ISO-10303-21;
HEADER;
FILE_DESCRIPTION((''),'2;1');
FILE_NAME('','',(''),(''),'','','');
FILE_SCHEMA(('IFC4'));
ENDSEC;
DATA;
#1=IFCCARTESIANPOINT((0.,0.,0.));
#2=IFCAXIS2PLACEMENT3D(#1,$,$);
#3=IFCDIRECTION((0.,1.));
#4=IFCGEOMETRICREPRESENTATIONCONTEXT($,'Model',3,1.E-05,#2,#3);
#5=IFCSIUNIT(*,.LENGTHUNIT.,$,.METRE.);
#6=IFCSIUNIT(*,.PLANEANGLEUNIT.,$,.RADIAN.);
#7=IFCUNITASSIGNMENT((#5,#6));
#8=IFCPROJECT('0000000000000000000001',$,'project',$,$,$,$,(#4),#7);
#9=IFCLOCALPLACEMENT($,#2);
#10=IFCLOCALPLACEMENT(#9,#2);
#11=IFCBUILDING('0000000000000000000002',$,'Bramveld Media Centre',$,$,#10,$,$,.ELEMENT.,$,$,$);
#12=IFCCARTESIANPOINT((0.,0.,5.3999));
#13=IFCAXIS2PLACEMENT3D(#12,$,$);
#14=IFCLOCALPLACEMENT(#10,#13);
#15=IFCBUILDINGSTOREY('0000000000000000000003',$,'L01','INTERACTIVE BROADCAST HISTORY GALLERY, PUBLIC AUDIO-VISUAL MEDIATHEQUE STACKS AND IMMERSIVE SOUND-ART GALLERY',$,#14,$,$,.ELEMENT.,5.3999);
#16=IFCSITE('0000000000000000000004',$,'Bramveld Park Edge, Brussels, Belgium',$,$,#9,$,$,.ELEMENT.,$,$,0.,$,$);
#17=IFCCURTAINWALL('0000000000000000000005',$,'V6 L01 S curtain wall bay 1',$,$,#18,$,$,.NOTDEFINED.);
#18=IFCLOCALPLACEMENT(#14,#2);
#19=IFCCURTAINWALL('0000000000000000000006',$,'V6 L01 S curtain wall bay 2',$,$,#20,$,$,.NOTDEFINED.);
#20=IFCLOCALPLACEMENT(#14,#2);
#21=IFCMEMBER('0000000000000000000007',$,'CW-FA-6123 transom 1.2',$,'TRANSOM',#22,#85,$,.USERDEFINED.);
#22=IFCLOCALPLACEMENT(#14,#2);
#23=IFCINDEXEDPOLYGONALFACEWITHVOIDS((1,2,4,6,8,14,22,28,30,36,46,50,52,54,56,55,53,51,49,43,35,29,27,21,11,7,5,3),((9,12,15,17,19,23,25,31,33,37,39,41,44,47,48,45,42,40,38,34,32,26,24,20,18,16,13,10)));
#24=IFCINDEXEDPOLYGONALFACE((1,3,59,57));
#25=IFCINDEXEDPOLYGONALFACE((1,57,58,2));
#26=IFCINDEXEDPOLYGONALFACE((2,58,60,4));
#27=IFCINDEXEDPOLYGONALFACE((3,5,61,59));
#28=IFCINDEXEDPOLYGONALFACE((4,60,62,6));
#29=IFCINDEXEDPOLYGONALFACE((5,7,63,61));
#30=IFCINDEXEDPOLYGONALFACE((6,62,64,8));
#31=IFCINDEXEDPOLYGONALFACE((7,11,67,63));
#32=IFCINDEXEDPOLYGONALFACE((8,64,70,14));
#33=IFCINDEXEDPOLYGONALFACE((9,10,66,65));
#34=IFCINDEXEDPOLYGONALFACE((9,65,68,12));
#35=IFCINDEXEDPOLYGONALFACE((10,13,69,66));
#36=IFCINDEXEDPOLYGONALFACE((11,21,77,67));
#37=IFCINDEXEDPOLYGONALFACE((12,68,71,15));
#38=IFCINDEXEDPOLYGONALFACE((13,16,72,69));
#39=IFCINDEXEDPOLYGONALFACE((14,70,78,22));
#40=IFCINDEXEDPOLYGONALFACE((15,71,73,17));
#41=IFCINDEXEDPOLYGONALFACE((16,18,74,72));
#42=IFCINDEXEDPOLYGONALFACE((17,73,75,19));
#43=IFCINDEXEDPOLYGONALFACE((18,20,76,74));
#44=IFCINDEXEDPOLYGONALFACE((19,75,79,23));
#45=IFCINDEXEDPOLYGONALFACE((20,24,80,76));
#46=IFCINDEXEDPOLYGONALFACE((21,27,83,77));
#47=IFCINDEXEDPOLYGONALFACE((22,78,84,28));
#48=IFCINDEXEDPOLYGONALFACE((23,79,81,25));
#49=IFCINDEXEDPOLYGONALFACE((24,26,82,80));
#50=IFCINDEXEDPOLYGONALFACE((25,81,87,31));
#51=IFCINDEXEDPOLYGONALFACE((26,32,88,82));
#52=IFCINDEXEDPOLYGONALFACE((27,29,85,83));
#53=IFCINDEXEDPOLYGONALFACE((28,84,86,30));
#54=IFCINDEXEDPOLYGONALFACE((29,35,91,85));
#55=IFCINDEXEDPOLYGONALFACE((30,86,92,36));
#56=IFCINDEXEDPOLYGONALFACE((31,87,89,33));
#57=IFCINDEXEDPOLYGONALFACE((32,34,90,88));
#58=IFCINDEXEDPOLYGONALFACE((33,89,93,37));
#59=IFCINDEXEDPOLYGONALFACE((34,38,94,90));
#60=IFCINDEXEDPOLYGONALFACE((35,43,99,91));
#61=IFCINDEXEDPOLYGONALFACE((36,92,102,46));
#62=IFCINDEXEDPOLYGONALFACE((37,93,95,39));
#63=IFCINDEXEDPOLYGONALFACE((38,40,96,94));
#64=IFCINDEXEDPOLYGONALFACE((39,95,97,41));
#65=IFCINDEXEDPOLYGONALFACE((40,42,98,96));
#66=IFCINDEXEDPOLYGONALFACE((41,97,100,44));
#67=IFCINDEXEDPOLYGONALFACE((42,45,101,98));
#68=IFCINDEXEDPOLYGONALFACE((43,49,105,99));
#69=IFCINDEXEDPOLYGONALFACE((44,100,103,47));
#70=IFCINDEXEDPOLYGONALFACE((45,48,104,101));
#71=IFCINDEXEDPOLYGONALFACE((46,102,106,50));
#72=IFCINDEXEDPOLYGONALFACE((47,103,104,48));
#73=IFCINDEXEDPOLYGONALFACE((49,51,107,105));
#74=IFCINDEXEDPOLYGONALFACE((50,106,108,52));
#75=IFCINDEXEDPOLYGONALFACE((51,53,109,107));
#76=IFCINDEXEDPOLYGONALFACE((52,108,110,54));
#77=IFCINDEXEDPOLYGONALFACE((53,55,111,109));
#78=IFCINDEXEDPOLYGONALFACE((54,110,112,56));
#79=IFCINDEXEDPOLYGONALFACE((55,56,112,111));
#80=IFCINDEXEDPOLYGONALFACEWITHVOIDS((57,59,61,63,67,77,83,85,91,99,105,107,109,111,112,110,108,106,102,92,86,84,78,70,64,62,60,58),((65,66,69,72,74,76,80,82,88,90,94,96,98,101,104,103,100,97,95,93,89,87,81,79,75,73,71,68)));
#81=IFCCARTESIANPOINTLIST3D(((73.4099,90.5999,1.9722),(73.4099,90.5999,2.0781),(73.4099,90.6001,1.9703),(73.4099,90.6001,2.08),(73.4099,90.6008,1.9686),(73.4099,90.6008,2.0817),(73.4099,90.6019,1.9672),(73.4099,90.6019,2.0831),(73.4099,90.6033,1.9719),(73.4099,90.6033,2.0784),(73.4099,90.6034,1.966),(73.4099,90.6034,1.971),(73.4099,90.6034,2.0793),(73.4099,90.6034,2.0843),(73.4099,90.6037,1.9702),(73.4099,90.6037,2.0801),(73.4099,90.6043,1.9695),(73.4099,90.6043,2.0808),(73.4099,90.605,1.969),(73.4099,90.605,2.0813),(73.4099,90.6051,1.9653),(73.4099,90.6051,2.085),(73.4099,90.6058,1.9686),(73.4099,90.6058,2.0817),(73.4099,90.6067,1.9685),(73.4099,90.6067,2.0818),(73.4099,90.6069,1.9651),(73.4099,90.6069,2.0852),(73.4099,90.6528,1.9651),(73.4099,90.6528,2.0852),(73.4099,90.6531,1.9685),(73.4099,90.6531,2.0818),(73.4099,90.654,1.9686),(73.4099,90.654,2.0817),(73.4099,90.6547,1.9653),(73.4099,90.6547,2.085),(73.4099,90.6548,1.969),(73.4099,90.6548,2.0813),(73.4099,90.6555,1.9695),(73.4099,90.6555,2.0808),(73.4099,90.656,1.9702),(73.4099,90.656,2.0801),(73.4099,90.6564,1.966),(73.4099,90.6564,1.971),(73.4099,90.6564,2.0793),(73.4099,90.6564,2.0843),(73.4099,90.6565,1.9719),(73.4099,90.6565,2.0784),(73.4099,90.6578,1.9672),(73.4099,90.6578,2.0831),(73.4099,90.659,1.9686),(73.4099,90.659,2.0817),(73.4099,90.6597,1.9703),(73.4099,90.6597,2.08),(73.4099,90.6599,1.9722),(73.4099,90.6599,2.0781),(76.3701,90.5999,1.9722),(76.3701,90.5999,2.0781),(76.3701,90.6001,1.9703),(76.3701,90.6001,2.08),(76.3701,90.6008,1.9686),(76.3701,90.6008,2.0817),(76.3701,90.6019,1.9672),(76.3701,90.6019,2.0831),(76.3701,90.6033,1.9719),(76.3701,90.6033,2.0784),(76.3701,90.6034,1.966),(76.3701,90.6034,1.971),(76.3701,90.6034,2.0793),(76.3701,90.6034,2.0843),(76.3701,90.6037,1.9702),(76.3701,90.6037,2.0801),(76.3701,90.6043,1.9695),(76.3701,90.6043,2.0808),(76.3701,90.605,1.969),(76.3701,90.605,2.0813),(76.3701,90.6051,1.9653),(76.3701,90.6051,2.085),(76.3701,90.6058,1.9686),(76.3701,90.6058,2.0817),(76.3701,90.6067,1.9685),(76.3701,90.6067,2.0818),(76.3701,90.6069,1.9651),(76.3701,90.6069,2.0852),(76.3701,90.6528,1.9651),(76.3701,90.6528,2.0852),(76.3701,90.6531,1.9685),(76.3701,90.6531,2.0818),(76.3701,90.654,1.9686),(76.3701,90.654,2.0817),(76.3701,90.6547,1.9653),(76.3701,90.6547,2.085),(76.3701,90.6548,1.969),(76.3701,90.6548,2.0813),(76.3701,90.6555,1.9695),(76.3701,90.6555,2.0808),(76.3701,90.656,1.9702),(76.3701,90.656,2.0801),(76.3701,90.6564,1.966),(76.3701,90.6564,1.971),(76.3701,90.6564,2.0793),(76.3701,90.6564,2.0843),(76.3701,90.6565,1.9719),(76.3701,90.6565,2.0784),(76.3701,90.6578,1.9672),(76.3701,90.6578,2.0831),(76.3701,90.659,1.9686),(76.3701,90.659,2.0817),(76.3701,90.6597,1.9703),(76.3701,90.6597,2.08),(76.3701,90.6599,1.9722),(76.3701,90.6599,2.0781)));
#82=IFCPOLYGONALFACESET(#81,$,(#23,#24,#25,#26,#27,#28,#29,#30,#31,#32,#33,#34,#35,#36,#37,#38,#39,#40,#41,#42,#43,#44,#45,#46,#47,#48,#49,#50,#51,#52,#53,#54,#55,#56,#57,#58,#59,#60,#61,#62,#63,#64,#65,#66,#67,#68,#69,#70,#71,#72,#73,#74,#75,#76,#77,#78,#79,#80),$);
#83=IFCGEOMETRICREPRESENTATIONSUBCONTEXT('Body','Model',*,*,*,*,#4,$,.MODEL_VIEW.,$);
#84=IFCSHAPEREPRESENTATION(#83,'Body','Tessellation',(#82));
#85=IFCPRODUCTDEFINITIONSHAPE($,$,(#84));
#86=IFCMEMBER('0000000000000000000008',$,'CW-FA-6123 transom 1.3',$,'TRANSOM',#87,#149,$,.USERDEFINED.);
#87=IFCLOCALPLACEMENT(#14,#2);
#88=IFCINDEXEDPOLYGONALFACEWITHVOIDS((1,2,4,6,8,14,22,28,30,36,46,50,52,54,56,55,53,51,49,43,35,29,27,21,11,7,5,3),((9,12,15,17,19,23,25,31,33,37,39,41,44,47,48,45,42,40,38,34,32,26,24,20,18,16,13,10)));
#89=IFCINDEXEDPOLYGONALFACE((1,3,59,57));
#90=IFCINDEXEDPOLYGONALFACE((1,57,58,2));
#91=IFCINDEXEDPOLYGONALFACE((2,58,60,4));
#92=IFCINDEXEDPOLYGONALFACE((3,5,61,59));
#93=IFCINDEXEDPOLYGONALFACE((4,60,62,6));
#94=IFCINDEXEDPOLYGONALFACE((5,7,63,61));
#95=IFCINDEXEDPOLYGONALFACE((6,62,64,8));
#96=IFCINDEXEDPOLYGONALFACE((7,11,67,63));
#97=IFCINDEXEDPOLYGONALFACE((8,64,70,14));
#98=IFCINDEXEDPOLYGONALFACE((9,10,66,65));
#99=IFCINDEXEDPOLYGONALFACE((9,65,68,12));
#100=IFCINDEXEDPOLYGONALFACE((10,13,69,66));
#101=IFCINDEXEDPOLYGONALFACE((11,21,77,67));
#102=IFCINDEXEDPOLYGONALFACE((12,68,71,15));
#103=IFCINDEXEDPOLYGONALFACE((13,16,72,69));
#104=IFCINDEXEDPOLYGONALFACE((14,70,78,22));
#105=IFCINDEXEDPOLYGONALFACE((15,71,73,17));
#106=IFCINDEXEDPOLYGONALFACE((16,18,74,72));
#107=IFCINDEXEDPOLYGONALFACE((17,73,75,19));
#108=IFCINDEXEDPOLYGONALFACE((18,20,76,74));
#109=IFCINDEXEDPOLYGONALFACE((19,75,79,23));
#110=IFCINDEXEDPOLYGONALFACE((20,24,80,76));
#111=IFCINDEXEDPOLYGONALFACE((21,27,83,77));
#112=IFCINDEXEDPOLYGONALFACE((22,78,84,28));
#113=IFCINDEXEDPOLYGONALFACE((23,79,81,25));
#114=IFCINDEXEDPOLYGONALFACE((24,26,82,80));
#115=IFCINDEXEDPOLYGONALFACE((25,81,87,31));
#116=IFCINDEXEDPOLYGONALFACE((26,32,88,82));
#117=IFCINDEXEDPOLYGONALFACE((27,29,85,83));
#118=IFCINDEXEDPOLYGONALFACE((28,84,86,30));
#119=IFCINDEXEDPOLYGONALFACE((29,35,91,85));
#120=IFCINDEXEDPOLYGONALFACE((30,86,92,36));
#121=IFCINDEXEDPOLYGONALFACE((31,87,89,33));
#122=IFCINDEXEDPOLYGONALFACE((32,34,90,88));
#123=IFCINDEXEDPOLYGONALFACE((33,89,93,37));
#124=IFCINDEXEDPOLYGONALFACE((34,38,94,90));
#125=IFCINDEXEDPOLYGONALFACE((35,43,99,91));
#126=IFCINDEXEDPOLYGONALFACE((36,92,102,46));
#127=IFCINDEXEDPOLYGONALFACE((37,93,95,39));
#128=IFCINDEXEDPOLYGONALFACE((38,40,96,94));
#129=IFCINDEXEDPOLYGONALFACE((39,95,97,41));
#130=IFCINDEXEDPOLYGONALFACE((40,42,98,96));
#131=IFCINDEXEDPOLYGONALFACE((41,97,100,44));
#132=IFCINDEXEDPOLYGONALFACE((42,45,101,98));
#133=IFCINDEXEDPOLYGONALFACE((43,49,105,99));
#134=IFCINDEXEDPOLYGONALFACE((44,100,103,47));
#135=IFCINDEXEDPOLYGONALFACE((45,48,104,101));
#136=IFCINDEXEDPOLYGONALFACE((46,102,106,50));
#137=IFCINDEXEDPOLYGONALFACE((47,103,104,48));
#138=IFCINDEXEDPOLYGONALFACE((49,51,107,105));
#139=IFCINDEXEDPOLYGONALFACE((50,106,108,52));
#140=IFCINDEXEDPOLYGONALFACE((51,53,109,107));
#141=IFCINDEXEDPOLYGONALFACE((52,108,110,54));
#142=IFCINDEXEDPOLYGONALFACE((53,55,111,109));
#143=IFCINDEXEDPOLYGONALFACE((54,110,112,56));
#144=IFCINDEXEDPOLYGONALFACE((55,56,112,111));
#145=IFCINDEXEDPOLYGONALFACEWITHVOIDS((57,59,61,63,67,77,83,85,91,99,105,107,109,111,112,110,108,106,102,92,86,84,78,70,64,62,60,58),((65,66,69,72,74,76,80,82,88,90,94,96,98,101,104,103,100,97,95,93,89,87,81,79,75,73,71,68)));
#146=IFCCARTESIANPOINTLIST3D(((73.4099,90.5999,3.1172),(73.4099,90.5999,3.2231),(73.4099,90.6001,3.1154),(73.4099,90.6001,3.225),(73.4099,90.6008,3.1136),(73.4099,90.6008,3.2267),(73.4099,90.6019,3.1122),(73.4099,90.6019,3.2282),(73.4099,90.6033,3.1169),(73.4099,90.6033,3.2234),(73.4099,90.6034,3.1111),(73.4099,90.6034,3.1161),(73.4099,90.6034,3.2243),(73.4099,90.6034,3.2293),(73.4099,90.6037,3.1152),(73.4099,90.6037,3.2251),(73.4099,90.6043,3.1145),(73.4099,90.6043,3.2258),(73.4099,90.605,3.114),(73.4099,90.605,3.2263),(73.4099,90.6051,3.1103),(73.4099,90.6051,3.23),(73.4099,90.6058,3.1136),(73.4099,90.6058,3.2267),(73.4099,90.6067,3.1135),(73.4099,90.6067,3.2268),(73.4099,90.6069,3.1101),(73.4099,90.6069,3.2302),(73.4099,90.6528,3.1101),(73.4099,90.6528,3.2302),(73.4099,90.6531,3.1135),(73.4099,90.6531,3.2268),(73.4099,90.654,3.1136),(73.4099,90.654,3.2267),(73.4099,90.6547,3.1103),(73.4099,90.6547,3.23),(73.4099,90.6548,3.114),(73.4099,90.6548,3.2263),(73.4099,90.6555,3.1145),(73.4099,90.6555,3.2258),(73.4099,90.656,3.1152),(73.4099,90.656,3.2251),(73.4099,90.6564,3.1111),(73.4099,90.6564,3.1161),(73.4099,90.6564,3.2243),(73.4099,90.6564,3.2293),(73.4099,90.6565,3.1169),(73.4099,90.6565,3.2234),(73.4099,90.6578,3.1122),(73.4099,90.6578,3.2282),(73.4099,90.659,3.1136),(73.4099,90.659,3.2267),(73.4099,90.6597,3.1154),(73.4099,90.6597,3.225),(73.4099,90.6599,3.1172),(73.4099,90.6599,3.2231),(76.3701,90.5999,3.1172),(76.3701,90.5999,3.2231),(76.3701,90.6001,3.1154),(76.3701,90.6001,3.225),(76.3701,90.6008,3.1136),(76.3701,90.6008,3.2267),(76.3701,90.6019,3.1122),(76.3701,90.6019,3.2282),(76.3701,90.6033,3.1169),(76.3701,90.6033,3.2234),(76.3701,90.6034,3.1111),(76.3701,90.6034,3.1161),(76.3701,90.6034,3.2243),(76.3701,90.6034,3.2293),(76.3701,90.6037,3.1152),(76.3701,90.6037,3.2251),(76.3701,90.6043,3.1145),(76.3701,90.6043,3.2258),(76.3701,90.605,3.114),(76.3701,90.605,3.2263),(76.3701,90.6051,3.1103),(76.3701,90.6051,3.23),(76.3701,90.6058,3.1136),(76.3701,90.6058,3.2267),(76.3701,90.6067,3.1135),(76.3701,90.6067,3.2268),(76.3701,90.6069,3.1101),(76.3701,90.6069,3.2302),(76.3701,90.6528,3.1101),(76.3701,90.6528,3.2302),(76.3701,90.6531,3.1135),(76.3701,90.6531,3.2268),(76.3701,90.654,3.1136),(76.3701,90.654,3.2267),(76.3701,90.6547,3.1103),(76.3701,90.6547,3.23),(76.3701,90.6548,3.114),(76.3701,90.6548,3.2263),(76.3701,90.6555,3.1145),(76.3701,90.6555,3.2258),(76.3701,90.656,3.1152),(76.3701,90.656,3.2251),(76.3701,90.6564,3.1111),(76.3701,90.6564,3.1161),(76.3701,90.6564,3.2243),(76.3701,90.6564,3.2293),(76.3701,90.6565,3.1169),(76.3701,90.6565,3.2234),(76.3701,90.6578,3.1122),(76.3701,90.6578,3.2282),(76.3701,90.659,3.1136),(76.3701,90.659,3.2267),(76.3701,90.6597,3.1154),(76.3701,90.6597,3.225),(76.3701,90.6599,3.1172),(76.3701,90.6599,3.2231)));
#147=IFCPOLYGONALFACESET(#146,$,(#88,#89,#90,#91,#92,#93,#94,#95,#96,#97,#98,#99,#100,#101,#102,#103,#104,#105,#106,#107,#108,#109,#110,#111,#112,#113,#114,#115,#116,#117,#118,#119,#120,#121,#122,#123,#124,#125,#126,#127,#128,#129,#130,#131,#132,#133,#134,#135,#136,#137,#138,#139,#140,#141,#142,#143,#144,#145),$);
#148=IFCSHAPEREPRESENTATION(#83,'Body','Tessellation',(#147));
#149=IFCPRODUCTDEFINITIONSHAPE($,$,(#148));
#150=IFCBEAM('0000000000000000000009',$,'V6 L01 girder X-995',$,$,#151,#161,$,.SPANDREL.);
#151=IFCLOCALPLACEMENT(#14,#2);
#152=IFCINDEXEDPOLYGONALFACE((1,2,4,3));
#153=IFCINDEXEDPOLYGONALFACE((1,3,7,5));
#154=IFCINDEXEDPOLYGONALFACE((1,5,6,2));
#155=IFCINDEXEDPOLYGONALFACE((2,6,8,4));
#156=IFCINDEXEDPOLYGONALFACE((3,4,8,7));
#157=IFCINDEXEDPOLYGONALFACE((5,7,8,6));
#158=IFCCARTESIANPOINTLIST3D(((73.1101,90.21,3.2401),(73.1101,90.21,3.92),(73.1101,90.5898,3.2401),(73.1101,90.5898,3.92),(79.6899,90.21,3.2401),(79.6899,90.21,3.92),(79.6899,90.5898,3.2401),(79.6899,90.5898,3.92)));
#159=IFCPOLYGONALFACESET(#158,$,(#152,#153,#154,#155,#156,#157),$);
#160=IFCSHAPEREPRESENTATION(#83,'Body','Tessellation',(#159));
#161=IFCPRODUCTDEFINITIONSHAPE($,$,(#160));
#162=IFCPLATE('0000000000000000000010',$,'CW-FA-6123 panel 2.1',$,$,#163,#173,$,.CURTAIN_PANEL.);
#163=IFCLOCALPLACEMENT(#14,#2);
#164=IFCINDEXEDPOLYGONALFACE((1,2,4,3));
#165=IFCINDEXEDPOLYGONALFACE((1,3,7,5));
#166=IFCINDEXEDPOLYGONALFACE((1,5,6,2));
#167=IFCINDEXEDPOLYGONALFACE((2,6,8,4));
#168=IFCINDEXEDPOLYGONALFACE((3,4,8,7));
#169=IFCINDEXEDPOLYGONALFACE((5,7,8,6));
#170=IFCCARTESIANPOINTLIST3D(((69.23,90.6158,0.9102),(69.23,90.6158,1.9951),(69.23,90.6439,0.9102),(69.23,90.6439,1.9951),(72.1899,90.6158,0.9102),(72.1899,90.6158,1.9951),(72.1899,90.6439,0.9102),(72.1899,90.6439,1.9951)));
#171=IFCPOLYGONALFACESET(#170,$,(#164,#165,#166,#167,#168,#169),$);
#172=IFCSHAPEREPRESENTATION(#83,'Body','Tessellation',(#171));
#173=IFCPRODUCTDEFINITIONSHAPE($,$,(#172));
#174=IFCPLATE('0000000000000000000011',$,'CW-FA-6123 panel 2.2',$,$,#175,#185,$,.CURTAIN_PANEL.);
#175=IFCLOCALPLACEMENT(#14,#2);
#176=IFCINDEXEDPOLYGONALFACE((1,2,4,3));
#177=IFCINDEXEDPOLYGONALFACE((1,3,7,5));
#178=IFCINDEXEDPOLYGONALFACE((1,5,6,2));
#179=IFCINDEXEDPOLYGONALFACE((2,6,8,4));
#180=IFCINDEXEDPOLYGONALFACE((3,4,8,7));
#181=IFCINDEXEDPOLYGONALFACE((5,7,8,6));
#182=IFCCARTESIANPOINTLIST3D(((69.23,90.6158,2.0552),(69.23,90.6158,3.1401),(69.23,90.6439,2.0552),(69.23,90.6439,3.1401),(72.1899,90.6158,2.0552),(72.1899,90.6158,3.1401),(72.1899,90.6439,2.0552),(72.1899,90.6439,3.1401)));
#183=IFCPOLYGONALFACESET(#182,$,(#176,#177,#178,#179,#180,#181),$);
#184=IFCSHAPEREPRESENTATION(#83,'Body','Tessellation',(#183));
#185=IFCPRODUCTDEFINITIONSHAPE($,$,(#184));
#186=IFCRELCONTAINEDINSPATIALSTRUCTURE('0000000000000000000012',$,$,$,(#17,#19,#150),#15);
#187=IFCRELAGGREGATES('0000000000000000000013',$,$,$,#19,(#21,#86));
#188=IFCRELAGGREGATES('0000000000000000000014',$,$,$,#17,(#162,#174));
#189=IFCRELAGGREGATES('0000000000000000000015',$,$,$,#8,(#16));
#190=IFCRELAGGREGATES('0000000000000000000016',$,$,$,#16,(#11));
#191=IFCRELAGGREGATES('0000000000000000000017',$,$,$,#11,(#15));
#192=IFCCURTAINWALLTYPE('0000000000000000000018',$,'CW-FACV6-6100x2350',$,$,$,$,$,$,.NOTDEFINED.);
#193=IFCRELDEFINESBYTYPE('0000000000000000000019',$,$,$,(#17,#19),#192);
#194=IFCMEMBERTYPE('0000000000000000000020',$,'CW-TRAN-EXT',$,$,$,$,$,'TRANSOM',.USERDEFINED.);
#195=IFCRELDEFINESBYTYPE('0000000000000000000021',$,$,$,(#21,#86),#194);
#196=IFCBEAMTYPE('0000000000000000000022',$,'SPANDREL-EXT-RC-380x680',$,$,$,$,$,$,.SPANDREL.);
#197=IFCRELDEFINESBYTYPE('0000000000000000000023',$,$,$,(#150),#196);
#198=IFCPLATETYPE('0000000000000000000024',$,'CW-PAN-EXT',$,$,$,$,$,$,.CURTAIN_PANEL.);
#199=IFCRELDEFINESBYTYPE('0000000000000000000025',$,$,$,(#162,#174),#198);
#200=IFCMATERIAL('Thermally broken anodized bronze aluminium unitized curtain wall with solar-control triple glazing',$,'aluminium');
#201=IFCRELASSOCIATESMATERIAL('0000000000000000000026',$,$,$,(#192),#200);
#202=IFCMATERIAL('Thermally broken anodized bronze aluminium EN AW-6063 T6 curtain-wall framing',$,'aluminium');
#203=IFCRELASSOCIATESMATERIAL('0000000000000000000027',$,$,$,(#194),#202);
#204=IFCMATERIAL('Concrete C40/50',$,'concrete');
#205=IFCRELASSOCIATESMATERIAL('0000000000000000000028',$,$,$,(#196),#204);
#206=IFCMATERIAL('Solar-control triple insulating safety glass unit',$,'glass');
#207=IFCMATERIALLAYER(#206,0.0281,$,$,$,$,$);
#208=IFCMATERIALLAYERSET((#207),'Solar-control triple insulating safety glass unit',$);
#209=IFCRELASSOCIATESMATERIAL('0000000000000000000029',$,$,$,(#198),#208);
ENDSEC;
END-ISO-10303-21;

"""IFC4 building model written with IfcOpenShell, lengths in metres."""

from ifc_helpers import new_model, si_unit, direction, frame, origin, origin_2d, place, context, subcontext, project, spatial, rectangle, hollow_rectangle, extrude, material, layer, layer_set, material_profile, profile_set, type_object, element, aggregate, save


model = new_model("IFC4")

# Units and contexts
model_context = context("Model", 3, precision=1e-05, world=origin(), true_north=direction((0.0, 1.0)))
body_context = subcontext(model_context, "Body", "Model", "MODEL_VIEW")
ifc_project = project(units=[si_unit("LENGTHUNIT", "METRE"), si_unit("PLANEANGLEUNIT", "RADIAN")], contexts=[model_context])

# Site, building, storey
site_placement = place(None, origin())
site = spatial("IfcSite", under=ifc_project, at=site_placement, Name="Bramveld Park Edge, Brussels, Belgium", CompositionType="ELEMENT", RefElevation=0.0)
building_placement = place(site_placement, origin())
building = spatial("IfcBuilding", under=site, at=building_placement, Name="Bramveld Media Centre", CompositionType="ELEMENT")
storey_placement = place(building_placement, frame((0.0, 0.0, 5.3999)))
storey = spatial("IfcBuildingStorey", under=building, at=storey_placement, Name="L01", Description="INTERACTIVE BROADCAST HISTORY GALLERY, PUBLIC AUDIO-VISUAL MEDIATHEQUE STACKS AND IMMERSIVE SOUND-ART GALLERY", CompositionType="ELEMENT", Elevation=5.3999)

# Curtain wall
ifc_material_1 = material(Name="Thermally broken anodized bronze aluminium unitized curtain wall with solar-control triple glazing", Category="aluminium")
curtain_wall_type = type_object("IfcCurtainWallType", Name="CW-FACV6-6100x2350", PredefinedType="NOTDEFINED", material=ifc_material_1)
curtain_wall_1_placement = place(storey_placement, origin())
curtain_wall_1 = element("IfcCurtainWall", 1, at=curtain_wall_1_placement, inside=storey, type_object=curtain_wall_type, Name="V6 L01 S curtain wall bay 1", PredefinedType="NOTDEFINED")

# Curtain wall, members
curtain_wall_2_placement = place(storey_placement, origin())
curtain_wall_2 = element("IfcCurtainWall", 2, at=curtain_wall_2_placement, inside=storey, type_object=curtain_wall_type, Name="V6 L01 S curtain wall bay 2", PredefinedType="NOTDEFINED")
ifc_material_2 = material(Name="Thermally broken anodized bronze aluminium EN AW-6063 T6 curtain-wall framing", Category="aluminium")
ifc_material_profile_1 = material_profile(ifc_material_2, hollow_rectangle(XDim=0.0601, YDim=0.1201, WallThickness=0.0034, InnerFilletRadius=0.0034, OuterFilletRadius=0.0071, at=origin_2d()), Name="AL-TRAN 60x120")
ifc_profile_set_1 = profile_set([ifc_material_profile_1], Name="Thermally broken anodized bronze aluminium EN AW-6063 T6 curtain-wall framing")
member_type_1 = type_object("IfcMemberType", Name="CW-TRAN-EXT", ElementType="TRANSOM", PredefinedType="USERDEFINED", material=ifc_profile_set_1)
member_1_placement = place(storey_placement, frame((73.4099, 90.6299, 2.0251), z_axis=(1.0, 0.0, 0.0), x_axis=(0.0, 1.0, 0.0)))
member_1 = element("IfcMember", 3, at=member_1_placement, type_object=member_type_1, Name="CW-FA-6123 transom 1.2", ObjectType="TRANSOM", PredefinedType="USERDEFINED", context=body_context, shape_type="SweptSolid", body=[
    extrude(hollow_rectangle(XDim=0.0601, YDim=0.1201, WallThickness=0.0034, InnerFilletRadius=0.0034, OuterFilletRadius=0.0071, at=origin_2d()), origin(), (0.0, 0.0, 1.0), 2.9602),
])
member_2_placement = place(storey_placement, frame((73.4099, 90.6299, 3.1702), z_axis=(1.0, 0.0, 0.0), x_axis=(0.0, 1.0, 0.0)))
member_2 = element("IfcMember", 4, at=member_2_placement, type_object=member_type_1, Name="CW-FA-6123 transom 1.3", ObjectType="TRANSOM", PredefinedType="USERDEFINED", context=body_context, shape_type="SweptSolid", body=[
    extrude(hollow_rectangle(XDim=0.0601, YDim=0.1201, WallThickness=0.0034, InnerFilletRadius=0.0034, OuterFilletRadius=0.0071, at=origin_2d()), origin(), (0.0, 0.0, 1.0), 2.9602),
])
aggregate(curtain_wall_2, [member_1, member_2])

# Beam
ifc_material_3 = material(Name="Concrete C40/50", Category="concrete")
ifc_material_profile_2 = material_profile(ifc_material_3, rectangle(XDim=0.3799, YDim=0.6799, at=origin_2d()), Name="RC 380x680")
ifc_profile_set_2 = profile_set([ifc_material_profile_2], Name="Concrete C40/50")
beam_type_1 = type_object("IfcBeamType", Name="SPANDREL-EXT-RC-380x680", PredefinedType="SPANDREL", material=ifc_profile_set_2)
beam_1_placement = place(storey_placement, frame((73.1101, 90.3999, 3.5801), z_axis=(1.0, 0.0, 0.0), x_axis=(0.0, 1.0, 0.0)))
element("IfcBeam", 5, at=beam_1_placement, inside=storey, type_object=beam_type_1, Name="V6 L01 girder X-995", PredefinedType="SPANDREL", context=body_context, shape_type="SweptSolid", body=[
    extrude(rectangle(XDim=0.3799, YDim=0.6799, at=origin_2d()), origin(), (0.0, 0.0, 1.0), 6.5798),
])

# Plates
ifc_material_4 = material(Name="Solar-control triple insulating safety glass unit", Category="glass")
ifc_layer_1 = layer(ifc_material_4, 0.0281)
ifc_layer_set_1 = layer_set([ifc_layer_1], Name="Solar-control triple insulating safety glass unit")
plate_type = type_object("IfcPlateType", Name="CW-PAN-EXT", PredefinedType="CURTAIN_PANEL", material=ifc_layer_set_1)
plate_1_placement = place(storey_placement, frame((70.71, 90.6299, 0.9102), z_axis=(0.0, 0.0, 1.0), x_axis=(1.0, 0.0, 0.0)))
plate_1 = element("IfcPlate", 6, at=plate_1_placement, type_object=plate_type, Name="CW-FA-6123 panel 2.1", PredefinedType="CURTAIN_PANEL", context=body_context, shape_type="SweptSolid", body=[
    extrude(rectangle(XDim=2.96, YDim=0.0281, at=origin_2d()), origin(), (0.0, 0.0, 1.0), 1.085),
])
plate_2_placement = place(storey_placement, frame((70.71, 90.6299, 2.0552), z_axis=(0.0, 0.0, 1.0), x_axis=(1.0, 0.0, 0.0)))
plate_2 = element("IfcPlate", 7, at=plate_2_placement, type_object=plate_type, Name="CW-FA-6123 panel 2.2", PredefinedType="CURTAIN_PANEL", context=body_context, shape_type="SweptSolid", body=[
    extrude(rectangle(XDim=2.96, YDim=0.0281, at=origin_2d()), origin(), (0.0, 0.0, 1.0), 1.085),
])
aggregate(curtain_wall_1, [plate_1, plate_2])

save(model, "model.ifc")
